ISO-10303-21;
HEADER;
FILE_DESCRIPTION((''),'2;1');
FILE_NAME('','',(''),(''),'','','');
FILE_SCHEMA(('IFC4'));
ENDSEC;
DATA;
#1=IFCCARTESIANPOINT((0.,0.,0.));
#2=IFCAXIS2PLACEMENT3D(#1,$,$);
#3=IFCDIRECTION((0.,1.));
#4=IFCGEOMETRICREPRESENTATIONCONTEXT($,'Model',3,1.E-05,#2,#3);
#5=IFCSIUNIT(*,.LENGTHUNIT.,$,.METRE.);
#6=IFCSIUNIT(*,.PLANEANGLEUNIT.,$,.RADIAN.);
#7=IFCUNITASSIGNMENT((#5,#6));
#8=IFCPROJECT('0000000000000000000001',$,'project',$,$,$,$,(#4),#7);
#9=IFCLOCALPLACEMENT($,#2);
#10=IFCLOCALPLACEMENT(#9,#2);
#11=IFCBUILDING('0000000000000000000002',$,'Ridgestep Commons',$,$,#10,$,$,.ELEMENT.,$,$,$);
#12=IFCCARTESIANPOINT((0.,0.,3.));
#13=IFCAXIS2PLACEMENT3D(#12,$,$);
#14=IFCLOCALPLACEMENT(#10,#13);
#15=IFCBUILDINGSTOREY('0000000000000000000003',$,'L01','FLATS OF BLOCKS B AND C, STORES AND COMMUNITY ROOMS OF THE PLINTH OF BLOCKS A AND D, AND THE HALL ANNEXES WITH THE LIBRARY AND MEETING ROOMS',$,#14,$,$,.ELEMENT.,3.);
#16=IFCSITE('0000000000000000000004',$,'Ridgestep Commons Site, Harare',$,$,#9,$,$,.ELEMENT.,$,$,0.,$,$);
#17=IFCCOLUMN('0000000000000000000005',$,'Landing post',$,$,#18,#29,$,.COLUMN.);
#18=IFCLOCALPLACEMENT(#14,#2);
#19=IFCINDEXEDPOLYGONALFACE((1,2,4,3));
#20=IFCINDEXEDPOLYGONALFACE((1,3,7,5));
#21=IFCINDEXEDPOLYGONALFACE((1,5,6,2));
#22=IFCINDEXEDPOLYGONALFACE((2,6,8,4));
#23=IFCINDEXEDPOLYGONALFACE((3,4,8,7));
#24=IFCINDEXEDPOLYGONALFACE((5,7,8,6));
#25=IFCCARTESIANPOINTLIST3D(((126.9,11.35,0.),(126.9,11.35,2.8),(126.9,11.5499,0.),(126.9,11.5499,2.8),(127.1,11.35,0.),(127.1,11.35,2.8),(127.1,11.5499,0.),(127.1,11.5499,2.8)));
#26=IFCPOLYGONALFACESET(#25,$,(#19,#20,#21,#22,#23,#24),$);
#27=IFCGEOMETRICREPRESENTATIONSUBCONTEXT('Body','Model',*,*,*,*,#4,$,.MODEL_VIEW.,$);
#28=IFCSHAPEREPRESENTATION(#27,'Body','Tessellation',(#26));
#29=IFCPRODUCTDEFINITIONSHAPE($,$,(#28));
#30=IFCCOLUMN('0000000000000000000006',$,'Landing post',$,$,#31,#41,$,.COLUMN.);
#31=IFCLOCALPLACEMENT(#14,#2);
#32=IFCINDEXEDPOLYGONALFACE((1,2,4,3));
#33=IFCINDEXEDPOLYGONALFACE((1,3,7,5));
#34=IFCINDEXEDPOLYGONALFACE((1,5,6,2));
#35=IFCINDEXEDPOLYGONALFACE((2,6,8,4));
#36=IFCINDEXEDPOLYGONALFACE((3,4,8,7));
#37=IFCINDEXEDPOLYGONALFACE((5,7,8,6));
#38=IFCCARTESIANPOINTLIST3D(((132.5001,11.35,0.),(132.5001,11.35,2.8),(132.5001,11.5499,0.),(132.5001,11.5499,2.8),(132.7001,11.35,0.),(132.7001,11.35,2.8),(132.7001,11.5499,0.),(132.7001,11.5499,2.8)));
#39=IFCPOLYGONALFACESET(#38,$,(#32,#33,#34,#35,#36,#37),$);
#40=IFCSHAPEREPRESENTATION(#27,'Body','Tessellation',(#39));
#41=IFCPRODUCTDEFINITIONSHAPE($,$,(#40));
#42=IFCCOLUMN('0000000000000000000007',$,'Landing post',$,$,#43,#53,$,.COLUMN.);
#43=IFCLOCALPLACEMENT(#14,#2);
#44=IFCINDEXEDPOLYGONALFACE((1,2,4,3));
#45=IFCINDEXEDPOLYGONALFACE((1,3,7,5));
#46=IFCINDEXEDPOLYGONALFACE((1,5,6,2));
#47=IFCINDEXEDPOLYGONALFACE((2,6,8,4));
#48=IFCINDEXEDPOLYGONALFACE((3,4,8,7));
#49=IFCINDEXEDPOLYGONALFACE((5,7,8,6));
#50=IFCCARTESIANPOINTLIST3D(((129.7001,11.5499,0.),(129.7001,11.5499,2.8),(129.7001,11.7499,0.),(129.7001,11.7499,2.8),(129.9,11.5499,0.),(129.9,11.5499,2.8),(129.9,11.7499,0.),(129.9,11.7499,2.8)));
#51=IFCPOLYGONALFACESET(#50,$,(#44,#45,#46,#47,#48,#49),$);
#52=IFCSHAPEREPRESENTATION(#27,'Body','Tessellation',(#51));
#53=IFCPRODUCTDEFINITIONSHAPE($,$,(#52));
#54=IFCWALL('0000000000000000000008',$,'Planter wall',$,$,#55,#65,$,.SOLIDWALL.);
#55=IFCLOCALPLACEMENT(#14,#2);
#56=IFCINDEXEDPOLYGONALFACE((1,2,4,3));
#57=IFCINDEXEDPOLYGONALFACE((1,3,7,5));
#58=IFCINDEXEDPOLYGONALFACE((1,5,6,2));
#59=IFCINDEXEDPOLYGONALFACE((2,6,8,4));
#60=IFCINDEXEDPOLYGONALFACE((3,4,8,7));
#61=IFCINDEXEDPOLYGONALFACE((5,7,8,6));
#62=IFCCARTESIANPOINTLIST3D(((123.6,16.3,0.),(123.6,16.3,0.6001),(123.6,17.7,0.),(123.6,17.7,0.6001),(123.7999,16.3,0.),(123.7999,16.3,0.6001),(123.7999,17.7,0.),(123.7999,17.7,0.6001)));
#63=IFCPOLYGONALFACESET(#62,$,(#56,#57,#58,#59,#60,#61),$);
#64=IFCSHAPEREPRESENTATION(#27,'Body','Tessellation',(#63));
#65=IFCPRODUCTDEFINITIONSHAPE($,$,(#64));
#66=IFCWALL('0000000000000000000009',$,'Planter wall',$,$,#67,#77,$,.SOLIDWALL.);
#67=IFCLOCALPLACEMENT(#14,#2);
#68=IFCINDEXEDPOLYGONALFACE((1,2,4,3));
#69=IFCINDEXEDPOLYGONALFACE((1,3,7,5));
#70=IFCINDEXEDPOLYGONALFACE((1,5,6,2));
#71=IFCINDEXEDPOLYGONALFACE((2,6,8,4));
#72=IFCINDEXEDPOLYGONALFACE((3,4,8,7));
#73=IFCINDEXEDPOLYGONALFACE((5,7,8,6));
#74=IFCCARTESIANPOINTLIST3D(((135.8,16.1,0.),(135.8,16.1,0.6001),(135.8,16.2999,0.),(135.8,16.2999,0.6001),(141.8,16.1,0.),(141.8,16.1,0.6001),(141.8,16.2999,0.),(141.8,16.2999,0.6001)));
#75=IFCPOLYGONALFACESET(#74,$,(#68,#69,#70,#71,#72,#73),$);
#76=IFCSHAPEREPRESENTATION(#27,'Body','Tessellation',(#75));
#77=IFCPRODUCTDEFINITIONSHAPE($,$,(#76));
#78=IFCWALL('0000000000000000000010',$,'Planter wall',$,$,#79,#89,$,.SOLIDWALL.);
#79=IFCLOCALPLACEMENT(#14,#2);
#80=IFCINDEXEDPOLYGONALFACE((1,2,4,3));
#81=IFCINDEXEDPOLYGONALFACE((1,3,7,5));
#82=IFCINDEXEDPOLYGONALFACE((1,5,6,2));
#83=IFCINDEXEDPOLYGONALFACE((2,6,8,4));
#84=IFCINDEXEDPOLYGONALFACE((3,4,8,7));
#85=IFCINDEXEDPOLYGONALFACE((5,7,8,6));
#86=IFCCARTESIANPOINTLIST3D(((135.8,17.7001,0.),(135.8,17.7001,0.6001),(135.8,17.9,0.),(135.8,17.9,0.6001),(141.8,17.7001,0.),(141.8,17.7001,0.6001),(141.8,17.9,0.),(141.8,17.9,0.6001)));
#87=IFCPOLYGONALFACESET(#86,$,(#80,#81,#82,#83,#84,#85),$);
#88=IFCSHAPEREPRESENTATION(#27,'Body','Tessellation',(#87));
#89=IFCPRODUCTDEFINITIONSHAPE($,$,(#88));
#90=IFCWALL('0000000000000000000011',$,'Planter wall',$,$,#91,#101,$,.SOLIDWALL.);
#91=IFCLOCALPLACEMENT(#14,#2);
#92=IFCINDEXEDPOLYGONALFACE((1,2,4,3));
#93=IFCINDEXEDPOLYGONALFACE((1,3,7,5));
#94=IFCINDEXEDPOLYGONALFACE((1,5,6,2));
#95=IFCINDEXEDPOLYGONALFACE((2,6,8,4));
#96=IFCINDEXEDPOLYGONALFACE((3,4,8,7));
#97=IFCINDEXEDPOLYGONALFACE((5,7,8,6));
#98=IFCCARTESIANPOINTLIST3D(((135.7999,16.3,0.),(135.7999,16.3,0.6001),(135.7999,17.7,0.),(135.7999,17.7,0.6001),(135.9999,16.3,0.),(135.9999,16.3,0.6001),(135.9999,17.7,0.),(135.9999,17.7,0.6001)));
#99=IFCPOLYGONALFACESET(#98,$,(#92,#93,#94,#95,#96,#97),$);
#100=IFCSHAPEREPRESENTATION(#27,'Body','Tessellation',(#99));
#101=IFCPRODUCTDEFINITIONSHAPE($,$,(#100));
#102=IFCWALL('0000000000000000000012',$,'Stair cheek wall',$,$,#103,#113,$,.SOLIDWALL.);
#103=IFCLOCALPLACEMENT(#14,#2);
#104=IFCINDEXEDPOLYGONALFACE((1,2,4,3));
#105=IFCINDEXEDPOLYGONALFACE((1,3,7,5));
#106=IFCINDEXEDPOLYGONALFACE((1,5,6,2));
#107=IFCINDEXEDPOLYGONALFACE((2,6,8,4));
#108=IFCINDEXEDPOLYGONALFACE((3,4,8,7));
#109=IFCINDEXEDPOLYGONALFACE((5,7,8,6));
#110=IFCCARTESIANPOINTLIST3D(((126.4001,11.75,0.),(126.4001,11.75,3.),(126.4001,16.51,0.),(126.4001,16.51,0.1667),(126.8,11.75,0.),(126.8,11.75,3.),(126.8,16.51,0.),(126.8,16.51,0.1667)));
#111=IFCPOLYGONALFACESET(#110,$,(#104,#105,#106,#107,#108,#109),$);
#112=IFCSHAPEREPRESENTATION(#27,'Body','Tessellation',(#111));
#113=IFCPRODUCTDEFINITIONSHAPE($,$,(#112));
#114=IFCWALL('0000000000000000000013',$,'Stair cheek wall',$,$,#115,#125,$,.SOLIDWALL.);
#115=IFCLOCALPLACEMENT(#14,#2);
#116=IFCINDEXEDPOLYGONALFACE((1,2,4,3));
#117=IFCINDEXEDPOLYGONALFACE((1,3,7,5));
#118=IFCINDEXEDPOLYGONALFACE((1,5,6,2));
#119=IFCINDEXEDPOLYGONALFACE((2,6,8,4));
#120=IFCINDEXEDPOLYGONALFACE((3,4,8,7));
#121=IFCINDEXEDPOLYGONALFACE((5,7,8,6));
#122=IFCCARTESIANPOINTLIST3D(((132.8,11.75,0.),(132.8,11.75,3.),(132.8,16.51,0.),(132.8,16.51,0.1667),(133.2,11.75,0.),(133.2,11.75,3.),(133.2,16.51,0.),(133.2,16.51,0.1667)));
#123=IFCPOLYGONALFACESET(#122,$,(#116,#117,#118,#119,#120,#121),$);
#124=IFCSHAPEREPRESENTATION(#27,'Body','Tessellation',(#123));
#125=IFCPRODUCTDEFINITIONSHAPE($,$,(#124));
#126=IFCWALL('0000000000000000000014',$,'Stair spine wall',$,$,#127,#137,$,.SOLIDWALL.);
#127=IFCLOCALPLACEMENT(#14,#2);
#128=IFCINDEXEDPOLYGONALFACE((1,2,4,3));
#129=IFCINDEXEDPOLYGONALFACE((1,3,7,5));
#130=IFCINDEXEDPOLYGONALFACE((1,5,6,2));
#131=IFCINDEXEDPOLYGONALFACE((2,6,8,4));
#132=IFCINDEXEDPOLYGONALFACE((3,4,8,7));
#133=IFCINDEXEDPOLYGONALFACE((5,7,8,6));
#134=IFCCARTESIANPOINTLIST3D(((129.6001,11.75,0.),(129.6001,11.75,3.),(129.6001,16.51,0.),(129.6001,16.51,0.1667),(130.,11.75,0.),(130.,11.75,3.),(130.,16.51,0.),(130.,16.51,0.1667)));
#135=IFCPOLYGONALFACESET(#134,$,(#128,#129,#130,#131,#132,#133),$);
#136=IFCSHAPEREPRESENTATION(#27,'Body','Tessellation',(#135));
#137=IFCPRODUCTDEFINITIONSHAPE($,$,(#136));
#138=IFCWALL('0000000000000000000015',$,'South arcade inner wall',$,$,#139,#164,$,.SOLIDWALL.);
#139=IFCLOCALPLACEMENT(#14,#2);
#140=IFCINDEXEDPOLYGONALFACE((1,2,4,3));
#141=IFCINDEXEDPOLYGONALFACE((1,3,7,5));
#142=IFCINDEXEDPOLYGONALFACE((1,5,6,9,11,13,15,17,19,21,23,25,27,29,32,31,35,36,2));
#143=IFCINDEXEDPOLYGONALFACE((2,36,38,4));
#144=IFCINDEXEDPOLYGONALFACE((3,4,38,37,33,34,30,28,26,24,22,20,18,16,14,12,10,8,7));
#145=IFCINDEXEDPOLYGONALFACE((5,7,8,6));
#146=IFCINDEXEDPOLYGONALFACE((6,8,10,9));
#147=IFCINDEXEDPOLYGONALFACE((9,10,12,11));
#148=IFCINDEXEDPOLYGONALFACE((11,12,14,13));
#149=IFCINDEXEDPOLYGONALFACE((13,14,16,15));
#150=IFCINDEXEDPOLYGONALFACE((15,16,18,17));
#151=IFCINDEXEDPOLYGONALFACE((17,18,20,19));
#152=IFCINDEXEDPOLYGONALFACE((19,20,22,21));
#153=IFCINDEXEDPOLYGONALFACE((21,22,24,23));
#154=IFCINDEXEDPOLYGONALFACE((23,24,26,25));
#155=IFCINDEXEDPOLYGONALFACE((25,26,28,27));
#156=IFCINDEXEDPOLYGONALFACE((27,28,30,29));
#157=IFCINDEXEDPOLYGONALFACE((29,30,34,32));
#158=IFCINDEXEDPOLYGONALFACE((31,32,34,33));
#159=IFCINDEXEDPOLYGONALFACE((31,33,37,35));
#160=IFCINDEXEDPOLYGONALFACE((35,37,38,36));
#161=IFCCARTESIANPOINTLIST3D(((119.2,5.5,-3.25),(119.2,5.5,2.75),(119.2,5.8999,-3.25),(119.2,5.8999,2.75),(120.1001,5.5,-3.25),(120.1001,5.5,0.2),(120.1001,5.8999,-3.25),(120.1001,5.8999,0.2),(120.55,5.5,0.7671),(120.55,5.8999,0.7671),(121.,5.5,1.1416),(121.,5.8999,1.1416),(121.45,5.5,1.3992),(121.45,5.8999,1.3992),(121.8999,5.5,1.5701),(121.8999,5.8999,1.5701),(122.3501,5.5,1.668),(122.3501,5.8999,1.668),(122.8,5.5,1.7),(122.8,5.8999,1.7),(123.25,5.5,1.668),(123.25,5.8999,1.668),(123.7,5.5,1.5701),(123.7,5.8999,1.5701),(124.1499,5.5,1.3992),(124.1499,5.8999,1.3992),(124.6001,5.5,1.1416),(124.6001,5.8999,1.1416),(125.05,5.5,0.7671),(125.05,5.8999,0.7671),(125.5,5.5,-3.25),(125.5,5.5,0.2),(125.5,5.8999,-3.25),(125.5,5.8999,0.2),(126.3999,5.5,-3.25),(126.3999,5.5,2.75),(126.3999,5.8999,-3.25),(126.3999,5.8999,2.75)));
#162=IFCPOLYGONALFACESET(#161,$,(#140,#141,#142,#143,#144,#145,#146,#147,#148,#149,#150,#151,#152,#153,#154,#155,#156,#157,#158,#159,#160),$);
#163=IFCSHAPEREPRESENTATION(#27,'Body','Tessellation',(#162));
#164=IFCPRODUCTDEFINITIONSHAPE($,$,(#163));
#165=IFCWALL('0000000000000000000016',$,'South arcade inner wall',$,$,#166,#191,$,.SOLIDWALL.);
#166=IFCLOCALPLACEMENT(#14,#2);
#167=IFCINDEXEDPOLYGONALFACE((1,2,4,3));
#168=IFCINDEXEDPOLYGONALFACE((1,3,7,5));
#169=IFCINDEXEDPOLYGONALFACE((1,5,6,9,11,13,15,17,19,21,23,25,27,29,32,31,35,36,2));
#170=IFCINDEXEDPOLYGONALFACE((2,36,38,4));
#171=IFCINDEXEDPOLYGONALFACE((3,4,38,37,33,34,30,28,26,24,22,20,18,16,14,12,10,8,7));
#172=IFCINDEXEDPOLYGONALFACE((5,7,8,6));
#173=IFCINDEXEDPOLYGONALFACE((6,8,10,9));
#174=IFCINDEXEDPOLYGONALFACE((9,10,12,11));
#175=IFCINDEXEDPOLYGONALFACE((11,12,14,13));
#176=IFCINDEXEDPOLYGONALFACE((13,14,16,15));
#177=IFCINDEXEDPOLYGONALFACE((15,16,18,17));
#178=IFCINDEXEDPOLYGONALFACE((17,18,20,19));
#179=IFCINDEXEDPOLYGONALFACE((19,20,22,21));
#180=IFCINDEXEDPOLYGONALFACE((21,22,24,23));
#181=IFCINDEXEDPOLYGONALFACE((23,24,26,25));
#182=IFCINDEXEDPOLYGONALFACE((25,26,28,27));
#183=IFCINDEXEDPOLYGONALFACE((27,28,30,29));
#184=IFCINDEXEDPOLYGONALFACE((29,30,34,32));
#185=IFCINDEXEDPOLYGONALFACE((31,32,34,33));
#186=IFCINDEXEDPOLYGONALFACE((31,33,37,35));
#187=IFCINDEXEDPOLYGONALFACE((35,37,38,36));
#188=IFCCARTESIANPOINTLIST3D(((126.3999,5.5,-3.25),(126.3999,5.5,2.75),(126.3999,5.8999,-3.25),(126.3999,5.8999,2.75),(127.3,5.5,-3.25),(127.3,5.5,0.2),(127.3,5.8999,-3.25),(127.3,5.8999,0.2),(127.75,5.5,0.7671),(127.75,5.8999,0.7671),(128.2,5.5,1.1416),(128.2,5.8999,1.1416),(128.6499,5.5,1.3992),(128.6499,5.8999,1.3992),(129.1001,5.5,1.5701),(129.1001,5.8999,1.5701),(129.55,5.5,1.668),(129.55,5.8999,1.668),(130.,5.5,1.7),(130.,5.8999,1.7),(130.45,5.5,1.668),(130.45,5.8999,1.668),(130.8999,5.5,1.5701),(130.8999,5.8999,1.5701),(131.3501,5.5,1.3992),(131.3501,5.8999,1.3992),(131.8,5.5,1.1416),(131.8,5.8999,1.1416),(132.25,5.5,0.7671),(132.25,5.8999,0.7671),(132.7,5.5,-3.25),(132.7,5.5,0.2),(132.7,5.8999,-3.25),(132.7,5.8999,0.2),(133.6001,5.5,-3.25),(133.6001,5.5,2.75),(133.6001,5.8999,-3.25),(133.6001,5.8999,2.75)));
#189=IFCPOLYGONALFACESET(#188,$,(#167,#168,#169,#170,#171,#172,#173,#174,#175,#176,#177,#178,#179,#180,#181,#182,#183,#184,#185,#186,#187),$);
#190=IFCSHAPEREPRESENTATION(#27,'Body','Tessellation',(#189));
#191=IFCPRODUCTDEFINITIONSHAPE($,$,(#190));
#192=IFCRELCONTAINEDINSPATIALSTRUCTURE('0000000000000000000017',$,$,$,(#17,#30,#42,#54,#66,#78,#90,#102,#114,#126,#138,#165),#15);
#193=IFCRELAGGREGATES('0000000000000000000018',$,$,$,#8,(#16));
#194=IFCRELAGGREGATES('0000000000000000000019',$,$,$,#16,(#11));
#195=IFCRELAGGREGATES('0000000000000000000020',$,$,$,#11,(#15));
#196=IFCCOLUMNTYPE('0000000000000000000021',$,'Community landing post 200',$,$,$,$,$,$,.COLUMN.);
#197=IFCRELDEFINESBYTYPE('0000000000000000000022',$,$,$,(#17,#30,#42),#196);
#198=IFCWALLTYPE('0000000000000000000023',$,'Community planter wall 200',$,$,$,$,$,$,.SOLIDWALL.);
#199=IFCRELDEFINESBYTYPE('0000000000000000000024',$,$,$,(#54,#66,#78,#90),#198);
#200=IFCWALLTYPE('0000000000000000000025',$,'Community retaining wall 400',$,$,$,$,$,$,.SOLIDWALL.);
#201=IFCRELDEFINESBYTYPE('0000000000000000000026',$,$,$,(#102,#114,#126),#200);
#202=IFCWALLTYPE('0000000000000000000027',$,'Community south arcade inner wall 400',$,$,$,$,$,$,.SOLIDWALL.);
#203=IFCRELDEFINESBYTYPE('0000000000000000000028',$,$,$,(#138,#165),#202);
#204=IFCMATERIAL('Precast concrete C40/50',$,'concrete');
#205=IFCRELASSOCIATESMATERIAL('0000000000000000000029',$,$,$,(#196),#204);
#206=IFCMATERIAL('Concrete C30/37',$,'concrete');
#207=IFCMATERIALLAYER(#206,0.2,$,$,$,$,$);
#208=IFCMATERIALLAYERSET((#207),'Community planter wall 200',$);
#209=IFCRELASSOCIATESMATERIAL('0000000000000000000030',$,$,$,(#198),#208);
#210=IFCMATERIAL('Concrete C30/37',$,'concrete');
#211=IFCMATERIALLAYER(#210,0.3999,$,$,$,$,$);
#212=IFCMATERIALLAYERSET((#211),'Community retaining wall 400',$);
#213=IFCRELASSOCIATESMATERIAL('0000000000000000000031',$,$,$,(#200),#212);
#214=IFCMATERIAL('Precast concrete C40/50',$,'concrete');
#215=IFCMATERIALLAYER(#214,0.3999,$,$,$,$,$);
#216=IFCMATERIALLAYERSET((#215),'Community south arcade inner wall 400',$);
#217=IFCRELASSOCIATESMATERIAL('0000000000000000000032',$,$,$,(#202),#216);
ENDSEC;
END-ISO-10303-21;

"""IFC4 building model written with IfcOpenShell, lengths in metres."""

from ifc_helpers import new_model, si_unit, direction, frame, frame_2d, origin, origin_2d, place, context, subcontext, project, spatial, polyline, rectangle, outline, extrude, material, layer, layer_set, material_profile, profile_set, type_object, element, save


model = new_model("IFC4")

# Units and contexts
model_context = context("Model", 3, precision=1e-05, world=origin(), true_north=direction((0.0, 1.0)))
body_context = subcontext(model_context, "Body", "Model", "MODEL_VIEW")
ifc_project = project(units=[si_unit("LENGTHUNIT", "METRE"), si_unit("PLANEANGLEUNIT", "RADIAN")], contexts=[model_context])

# Site, building, storey
site_placement = place(None, origin())
site = spatial("IfcSite", under=ifc_project, at=site_placement, Name="Ridgestep Commons Site, Harare", CompositionType="ELEMENT", RefElevation=0.0)
building_placement = place(site_placement, origin())
building = spatial("IfcBuilding", under=site, at=building_placement, Name="Ridgestep Commons", CompositionType="ELEMENT")
storey_placement = place(building_placement, frame((0.0, 0.0, 3.0)))
storey = spatial("IfcBuildingStorey", under=building, at=storey_placement, Name="L01", Description="FLATS OF BLOCKS B AND C, STORES AND COMMUNITY ROOMS OF THE PLINTH OF BLOCKS A AND D, AND THE HALL ANNEXES WITH THE LIBRARY AND MEETING ROOMS", CompositionType="ELEMENT", Elevation=3.0)

# Columns
ifc_material_1 = material(Name="Precast concrete C40/50", Category="concrete")
ifc_material_profile = material_profile(ifc_material_1, rectangle(XDim=0.2, YDim=0.2, at=origin_2d()), Name="Community landing post 200")
ifc_profile_set = profile_set([ifc_material_profile], Name="Precast concrete C40/50")
column_type = type_object("IfcColumnType", Name="Community landing post 200", PredefinedType="COLUMN", material=ifc_profile_set)
for number, where, z_axis, x_axis, name in (
    (1, (127.0, 11.45, 0.0), (0.0, 0.0, 1.0), (1.0, 0.0, 0.0), "Landing post"),
    (2, (132.6001, 11.45, 0.0), (0.0, 0.0, 1.0), (1.0, 0.0, 0.0), "Landing post"),
    (3, (129.8, 11.6499, 0.0), (0.0, 0.0, 1.0), (1.0, 0.0, 0.0), "Landing post"),
):
    element("IfcColumn", number, at=place(storey_placement, frame(where, z_axis=z_axis, x_axis=x_axis)), inside=storey, type_object=column_type, Name=name, PredefinedType="COLUMN", context=body_context, shape_type="SweptSolid", body=[
        extrude(rectangle(XDim=0.2, YDim=0.2, at=origin_2d()), origin(), (0.0, 0.0, 1.0), 2.8),
    ])

# Walls
ifc_material_2 = material(Name="Concrete C30/37", Category="concrete")
ifc_layer_1 = layer(ifc_material_2, 0.2)
ifc_layer_set_1 = layer_set([ifc_layer_1], Name="Community planter wall 200")
wall_type_1 = type_object("IfcWallType", Name="Community planter wall 200", PredefinedType="SOLIDWALL", material=ifc_layer_set_1)
wall_1_placement = place(storey_placement, frame((123.7, 16.3, 0.0), z_axis=(0.0, 0.0, 1.0), x_axis=(0.0, 1.0, 0.0)))
element("IfcWall", 4, at=wall_1_placement, inside=storey, type_object=wall_type_1, Name="Planter wall", PredefinedType="SOLIDWALL", context=body_context, shape_type="SweptSolid", body=[
    extrude(rectangle(XDim=1.3999, YDim=0.2, at=frame_2d((0.7, 0.0))), origin(), (0.0, 0.0, 1.0), 0.6001),
])
for number, where, z_axis, x_axis, name in (
    (5, (135.8, 16.2, 0.0), (0.0, 0.0, 1.0), (1.0, 0.0, 0.0), "Planter wall"),
    (6, (135.8, 17.8, 0.0), (0.0, 0.0, 1.0), (1.0, 0.0, 0.0), "Planter wall"),
):
    element("IfcWall", number, at=place(storey_placement, frame(where, z_axis=z_axis, x_axis=x_axis)), inside=storey, type_object=wall_type_1, Name=name, PredefinedType="SOLIDWALL", context=body_context, shape_type="SweptSolid", body=[
        extrude(rectangle(XDim=6.0, YDim=0.2, at=frame_2d((3.0, 0.0))), origin(), (0.0, 0.0, 1.0), 0.6001),
    ])
wall_2_placement = place(storey_placement, frame((135.8999, 16.3, 0.0), z_axis=(0.0, 0.0, 1.0), x_axis=(0.0, 1.0, 0.0)))
element("IfcWall", 7, at=wall_2_placement, inside=storey, type_object=wall_type_1, Name="Planter wall", PredefinedType="SOLIDWALL", context=body_context, shape_type="SweptSolid", body=[
    extrude(rectangle(XDim=1.3999, YDim=0.2, at=frame_2d((0.7, 0.0))), origin(), (0.0, 0.0, 1.0), 0.6001),
])
ifc_material_3 = material(Name="Concrete C30/37", Category="concrete")
ifc_layer_2 = layer(ifc_material_3, 0.3999)
ifc_layer_set_2 = layer_set([ifc_layer_2], Name="Community retaining wall 400")
wall_type_2 = type_object("IfcWallType", Name="Community retaining wall 400", PredefinedType="SOLIDWALL", material=ifc_layer_set_2)
for number, where, z_axis, x_axis, name in (
    (8, (126.6001, 11.75, 0.0), (0.0, 0.0, 1.0), (0.0, 1.0, 0.0), "Stair cheek wall"),
    (9, (133.0, 11.75, 0.0), (0.0, 0.0, 1.0), (0.0, 1.0, 0.0), "Stair cheek wall"),
    (10, (129.8, 11.75, 0.0), (0.0, 0.0, 1.0), (0.0, 1.0, 0.0), "Stair spine wall"),
):
    element("IfcWall", number, at=place(storey_placement, frame(where, z_axis=z_axis, x_axis=x_axis)), inside=storey, type_object=wall_type_2, Name=name, PredefinedType="SOLIDWALL", context=body_context, shape_type="SweptSolid", body=[
        extrude(outline(polyline([(0.0, 0.0), (4.76, 0.0), (4.76, 0.1667), (0.0, 3.0), (0.0, 0.0)])), frame((0.0, 0.2, 0.0), z_axis=(0.0, -1.0, 0.0), x_axis=(1.0, 0.0, 0.0)), (0.0, 0.0, 1.0), 0.3999),
    ])
ifc_material_4 = material(Name="Precast concrete C40/50", Category="concrete")
ifc_layer_3 = layer(ifc_material_4, 0.3999)
ifc_layer_set_3 = layer_set([ifc_layer_3], Name="Community south arcade inner wall 400")
wall_type_3 = type_object("IfcWallType", Name="Community south arcade inner wall 400", PredefinedType="SOLIDWALL", material=ifc_layer_set_3)
wall_3_placement = place(storey_placement, frame((119.2, 5.5, -3.25), z_axis=(0.0, -1.0, 0.0), x_axis=(1.0, 0.0, 0.0)))
element("IfcWall", 11, at=wall_3_placement, inside=storey, type_object=wall_type_3, Name="South arcade inner wall", PredefinedType="SOLIDWALL", context=body_context, shape_type="SweptSolid", body=[
    extrude(outline(polyline([(0.0, 0.0), (0.9001, 0.0), (0.9001, 3.45), (1.3501, 4.0171), (1.8, 4.3916), (2.25, 4.6492), (2.7, 4.8201), (3.1501, 4.918), (3.6001, 4.95), (4.05, 4.918), (4.5, 4.8201), (4.95, 4.6492), (5.4001, 4.3916), (5.8501, 4.0171), (6.3, 3.45), (6.3, 0.0), (7.2, 0.0), (7.2, 6.0), (0.0, 6.0), (0.0, 0.0)])), origin(), (0.0, 0.0, -1.0), 0.3999),
])
wall_4_placement = place(storey_placement, frame((126.3999, 5.5, -3.25), z_axis=(0.0, -1.0, 0.0), x_axis=(1.0, 0.0, 0.0)))
element("IfcWall", 12, at=wall_4_placement, inside=storey, type_object=wall_type_3, Name="South arcade inner wall", PredefinedType="SOLIDWALL", context=body_context, shape_type="SweptSolid", body=[
    extrude(outline(polyline([(0.0, 0.0), (0.9001, 0.0), (0.9001, 3.45), (1.3501, 4.0171), (1.8, 4.3916), (2.25, 4.6492), (2.7002, 4.8201), (3.1501, 4.918), (3.6001, 4.95), (4.05, 4.918), (4.5, 4.8201), (4.9502, 4.6492), (5.4001, 4.3916), (5.8501, 4.0171), (6.3, 3.45), (6.3, 0.0), (7.2002, 0.0), (7.2002, 6.0), (0.0, 6.0), (0.0, 0.0)])), origin(), (0.0, 0.0, -1.0), 0.3999),
])

save(model, "model.ifc")
